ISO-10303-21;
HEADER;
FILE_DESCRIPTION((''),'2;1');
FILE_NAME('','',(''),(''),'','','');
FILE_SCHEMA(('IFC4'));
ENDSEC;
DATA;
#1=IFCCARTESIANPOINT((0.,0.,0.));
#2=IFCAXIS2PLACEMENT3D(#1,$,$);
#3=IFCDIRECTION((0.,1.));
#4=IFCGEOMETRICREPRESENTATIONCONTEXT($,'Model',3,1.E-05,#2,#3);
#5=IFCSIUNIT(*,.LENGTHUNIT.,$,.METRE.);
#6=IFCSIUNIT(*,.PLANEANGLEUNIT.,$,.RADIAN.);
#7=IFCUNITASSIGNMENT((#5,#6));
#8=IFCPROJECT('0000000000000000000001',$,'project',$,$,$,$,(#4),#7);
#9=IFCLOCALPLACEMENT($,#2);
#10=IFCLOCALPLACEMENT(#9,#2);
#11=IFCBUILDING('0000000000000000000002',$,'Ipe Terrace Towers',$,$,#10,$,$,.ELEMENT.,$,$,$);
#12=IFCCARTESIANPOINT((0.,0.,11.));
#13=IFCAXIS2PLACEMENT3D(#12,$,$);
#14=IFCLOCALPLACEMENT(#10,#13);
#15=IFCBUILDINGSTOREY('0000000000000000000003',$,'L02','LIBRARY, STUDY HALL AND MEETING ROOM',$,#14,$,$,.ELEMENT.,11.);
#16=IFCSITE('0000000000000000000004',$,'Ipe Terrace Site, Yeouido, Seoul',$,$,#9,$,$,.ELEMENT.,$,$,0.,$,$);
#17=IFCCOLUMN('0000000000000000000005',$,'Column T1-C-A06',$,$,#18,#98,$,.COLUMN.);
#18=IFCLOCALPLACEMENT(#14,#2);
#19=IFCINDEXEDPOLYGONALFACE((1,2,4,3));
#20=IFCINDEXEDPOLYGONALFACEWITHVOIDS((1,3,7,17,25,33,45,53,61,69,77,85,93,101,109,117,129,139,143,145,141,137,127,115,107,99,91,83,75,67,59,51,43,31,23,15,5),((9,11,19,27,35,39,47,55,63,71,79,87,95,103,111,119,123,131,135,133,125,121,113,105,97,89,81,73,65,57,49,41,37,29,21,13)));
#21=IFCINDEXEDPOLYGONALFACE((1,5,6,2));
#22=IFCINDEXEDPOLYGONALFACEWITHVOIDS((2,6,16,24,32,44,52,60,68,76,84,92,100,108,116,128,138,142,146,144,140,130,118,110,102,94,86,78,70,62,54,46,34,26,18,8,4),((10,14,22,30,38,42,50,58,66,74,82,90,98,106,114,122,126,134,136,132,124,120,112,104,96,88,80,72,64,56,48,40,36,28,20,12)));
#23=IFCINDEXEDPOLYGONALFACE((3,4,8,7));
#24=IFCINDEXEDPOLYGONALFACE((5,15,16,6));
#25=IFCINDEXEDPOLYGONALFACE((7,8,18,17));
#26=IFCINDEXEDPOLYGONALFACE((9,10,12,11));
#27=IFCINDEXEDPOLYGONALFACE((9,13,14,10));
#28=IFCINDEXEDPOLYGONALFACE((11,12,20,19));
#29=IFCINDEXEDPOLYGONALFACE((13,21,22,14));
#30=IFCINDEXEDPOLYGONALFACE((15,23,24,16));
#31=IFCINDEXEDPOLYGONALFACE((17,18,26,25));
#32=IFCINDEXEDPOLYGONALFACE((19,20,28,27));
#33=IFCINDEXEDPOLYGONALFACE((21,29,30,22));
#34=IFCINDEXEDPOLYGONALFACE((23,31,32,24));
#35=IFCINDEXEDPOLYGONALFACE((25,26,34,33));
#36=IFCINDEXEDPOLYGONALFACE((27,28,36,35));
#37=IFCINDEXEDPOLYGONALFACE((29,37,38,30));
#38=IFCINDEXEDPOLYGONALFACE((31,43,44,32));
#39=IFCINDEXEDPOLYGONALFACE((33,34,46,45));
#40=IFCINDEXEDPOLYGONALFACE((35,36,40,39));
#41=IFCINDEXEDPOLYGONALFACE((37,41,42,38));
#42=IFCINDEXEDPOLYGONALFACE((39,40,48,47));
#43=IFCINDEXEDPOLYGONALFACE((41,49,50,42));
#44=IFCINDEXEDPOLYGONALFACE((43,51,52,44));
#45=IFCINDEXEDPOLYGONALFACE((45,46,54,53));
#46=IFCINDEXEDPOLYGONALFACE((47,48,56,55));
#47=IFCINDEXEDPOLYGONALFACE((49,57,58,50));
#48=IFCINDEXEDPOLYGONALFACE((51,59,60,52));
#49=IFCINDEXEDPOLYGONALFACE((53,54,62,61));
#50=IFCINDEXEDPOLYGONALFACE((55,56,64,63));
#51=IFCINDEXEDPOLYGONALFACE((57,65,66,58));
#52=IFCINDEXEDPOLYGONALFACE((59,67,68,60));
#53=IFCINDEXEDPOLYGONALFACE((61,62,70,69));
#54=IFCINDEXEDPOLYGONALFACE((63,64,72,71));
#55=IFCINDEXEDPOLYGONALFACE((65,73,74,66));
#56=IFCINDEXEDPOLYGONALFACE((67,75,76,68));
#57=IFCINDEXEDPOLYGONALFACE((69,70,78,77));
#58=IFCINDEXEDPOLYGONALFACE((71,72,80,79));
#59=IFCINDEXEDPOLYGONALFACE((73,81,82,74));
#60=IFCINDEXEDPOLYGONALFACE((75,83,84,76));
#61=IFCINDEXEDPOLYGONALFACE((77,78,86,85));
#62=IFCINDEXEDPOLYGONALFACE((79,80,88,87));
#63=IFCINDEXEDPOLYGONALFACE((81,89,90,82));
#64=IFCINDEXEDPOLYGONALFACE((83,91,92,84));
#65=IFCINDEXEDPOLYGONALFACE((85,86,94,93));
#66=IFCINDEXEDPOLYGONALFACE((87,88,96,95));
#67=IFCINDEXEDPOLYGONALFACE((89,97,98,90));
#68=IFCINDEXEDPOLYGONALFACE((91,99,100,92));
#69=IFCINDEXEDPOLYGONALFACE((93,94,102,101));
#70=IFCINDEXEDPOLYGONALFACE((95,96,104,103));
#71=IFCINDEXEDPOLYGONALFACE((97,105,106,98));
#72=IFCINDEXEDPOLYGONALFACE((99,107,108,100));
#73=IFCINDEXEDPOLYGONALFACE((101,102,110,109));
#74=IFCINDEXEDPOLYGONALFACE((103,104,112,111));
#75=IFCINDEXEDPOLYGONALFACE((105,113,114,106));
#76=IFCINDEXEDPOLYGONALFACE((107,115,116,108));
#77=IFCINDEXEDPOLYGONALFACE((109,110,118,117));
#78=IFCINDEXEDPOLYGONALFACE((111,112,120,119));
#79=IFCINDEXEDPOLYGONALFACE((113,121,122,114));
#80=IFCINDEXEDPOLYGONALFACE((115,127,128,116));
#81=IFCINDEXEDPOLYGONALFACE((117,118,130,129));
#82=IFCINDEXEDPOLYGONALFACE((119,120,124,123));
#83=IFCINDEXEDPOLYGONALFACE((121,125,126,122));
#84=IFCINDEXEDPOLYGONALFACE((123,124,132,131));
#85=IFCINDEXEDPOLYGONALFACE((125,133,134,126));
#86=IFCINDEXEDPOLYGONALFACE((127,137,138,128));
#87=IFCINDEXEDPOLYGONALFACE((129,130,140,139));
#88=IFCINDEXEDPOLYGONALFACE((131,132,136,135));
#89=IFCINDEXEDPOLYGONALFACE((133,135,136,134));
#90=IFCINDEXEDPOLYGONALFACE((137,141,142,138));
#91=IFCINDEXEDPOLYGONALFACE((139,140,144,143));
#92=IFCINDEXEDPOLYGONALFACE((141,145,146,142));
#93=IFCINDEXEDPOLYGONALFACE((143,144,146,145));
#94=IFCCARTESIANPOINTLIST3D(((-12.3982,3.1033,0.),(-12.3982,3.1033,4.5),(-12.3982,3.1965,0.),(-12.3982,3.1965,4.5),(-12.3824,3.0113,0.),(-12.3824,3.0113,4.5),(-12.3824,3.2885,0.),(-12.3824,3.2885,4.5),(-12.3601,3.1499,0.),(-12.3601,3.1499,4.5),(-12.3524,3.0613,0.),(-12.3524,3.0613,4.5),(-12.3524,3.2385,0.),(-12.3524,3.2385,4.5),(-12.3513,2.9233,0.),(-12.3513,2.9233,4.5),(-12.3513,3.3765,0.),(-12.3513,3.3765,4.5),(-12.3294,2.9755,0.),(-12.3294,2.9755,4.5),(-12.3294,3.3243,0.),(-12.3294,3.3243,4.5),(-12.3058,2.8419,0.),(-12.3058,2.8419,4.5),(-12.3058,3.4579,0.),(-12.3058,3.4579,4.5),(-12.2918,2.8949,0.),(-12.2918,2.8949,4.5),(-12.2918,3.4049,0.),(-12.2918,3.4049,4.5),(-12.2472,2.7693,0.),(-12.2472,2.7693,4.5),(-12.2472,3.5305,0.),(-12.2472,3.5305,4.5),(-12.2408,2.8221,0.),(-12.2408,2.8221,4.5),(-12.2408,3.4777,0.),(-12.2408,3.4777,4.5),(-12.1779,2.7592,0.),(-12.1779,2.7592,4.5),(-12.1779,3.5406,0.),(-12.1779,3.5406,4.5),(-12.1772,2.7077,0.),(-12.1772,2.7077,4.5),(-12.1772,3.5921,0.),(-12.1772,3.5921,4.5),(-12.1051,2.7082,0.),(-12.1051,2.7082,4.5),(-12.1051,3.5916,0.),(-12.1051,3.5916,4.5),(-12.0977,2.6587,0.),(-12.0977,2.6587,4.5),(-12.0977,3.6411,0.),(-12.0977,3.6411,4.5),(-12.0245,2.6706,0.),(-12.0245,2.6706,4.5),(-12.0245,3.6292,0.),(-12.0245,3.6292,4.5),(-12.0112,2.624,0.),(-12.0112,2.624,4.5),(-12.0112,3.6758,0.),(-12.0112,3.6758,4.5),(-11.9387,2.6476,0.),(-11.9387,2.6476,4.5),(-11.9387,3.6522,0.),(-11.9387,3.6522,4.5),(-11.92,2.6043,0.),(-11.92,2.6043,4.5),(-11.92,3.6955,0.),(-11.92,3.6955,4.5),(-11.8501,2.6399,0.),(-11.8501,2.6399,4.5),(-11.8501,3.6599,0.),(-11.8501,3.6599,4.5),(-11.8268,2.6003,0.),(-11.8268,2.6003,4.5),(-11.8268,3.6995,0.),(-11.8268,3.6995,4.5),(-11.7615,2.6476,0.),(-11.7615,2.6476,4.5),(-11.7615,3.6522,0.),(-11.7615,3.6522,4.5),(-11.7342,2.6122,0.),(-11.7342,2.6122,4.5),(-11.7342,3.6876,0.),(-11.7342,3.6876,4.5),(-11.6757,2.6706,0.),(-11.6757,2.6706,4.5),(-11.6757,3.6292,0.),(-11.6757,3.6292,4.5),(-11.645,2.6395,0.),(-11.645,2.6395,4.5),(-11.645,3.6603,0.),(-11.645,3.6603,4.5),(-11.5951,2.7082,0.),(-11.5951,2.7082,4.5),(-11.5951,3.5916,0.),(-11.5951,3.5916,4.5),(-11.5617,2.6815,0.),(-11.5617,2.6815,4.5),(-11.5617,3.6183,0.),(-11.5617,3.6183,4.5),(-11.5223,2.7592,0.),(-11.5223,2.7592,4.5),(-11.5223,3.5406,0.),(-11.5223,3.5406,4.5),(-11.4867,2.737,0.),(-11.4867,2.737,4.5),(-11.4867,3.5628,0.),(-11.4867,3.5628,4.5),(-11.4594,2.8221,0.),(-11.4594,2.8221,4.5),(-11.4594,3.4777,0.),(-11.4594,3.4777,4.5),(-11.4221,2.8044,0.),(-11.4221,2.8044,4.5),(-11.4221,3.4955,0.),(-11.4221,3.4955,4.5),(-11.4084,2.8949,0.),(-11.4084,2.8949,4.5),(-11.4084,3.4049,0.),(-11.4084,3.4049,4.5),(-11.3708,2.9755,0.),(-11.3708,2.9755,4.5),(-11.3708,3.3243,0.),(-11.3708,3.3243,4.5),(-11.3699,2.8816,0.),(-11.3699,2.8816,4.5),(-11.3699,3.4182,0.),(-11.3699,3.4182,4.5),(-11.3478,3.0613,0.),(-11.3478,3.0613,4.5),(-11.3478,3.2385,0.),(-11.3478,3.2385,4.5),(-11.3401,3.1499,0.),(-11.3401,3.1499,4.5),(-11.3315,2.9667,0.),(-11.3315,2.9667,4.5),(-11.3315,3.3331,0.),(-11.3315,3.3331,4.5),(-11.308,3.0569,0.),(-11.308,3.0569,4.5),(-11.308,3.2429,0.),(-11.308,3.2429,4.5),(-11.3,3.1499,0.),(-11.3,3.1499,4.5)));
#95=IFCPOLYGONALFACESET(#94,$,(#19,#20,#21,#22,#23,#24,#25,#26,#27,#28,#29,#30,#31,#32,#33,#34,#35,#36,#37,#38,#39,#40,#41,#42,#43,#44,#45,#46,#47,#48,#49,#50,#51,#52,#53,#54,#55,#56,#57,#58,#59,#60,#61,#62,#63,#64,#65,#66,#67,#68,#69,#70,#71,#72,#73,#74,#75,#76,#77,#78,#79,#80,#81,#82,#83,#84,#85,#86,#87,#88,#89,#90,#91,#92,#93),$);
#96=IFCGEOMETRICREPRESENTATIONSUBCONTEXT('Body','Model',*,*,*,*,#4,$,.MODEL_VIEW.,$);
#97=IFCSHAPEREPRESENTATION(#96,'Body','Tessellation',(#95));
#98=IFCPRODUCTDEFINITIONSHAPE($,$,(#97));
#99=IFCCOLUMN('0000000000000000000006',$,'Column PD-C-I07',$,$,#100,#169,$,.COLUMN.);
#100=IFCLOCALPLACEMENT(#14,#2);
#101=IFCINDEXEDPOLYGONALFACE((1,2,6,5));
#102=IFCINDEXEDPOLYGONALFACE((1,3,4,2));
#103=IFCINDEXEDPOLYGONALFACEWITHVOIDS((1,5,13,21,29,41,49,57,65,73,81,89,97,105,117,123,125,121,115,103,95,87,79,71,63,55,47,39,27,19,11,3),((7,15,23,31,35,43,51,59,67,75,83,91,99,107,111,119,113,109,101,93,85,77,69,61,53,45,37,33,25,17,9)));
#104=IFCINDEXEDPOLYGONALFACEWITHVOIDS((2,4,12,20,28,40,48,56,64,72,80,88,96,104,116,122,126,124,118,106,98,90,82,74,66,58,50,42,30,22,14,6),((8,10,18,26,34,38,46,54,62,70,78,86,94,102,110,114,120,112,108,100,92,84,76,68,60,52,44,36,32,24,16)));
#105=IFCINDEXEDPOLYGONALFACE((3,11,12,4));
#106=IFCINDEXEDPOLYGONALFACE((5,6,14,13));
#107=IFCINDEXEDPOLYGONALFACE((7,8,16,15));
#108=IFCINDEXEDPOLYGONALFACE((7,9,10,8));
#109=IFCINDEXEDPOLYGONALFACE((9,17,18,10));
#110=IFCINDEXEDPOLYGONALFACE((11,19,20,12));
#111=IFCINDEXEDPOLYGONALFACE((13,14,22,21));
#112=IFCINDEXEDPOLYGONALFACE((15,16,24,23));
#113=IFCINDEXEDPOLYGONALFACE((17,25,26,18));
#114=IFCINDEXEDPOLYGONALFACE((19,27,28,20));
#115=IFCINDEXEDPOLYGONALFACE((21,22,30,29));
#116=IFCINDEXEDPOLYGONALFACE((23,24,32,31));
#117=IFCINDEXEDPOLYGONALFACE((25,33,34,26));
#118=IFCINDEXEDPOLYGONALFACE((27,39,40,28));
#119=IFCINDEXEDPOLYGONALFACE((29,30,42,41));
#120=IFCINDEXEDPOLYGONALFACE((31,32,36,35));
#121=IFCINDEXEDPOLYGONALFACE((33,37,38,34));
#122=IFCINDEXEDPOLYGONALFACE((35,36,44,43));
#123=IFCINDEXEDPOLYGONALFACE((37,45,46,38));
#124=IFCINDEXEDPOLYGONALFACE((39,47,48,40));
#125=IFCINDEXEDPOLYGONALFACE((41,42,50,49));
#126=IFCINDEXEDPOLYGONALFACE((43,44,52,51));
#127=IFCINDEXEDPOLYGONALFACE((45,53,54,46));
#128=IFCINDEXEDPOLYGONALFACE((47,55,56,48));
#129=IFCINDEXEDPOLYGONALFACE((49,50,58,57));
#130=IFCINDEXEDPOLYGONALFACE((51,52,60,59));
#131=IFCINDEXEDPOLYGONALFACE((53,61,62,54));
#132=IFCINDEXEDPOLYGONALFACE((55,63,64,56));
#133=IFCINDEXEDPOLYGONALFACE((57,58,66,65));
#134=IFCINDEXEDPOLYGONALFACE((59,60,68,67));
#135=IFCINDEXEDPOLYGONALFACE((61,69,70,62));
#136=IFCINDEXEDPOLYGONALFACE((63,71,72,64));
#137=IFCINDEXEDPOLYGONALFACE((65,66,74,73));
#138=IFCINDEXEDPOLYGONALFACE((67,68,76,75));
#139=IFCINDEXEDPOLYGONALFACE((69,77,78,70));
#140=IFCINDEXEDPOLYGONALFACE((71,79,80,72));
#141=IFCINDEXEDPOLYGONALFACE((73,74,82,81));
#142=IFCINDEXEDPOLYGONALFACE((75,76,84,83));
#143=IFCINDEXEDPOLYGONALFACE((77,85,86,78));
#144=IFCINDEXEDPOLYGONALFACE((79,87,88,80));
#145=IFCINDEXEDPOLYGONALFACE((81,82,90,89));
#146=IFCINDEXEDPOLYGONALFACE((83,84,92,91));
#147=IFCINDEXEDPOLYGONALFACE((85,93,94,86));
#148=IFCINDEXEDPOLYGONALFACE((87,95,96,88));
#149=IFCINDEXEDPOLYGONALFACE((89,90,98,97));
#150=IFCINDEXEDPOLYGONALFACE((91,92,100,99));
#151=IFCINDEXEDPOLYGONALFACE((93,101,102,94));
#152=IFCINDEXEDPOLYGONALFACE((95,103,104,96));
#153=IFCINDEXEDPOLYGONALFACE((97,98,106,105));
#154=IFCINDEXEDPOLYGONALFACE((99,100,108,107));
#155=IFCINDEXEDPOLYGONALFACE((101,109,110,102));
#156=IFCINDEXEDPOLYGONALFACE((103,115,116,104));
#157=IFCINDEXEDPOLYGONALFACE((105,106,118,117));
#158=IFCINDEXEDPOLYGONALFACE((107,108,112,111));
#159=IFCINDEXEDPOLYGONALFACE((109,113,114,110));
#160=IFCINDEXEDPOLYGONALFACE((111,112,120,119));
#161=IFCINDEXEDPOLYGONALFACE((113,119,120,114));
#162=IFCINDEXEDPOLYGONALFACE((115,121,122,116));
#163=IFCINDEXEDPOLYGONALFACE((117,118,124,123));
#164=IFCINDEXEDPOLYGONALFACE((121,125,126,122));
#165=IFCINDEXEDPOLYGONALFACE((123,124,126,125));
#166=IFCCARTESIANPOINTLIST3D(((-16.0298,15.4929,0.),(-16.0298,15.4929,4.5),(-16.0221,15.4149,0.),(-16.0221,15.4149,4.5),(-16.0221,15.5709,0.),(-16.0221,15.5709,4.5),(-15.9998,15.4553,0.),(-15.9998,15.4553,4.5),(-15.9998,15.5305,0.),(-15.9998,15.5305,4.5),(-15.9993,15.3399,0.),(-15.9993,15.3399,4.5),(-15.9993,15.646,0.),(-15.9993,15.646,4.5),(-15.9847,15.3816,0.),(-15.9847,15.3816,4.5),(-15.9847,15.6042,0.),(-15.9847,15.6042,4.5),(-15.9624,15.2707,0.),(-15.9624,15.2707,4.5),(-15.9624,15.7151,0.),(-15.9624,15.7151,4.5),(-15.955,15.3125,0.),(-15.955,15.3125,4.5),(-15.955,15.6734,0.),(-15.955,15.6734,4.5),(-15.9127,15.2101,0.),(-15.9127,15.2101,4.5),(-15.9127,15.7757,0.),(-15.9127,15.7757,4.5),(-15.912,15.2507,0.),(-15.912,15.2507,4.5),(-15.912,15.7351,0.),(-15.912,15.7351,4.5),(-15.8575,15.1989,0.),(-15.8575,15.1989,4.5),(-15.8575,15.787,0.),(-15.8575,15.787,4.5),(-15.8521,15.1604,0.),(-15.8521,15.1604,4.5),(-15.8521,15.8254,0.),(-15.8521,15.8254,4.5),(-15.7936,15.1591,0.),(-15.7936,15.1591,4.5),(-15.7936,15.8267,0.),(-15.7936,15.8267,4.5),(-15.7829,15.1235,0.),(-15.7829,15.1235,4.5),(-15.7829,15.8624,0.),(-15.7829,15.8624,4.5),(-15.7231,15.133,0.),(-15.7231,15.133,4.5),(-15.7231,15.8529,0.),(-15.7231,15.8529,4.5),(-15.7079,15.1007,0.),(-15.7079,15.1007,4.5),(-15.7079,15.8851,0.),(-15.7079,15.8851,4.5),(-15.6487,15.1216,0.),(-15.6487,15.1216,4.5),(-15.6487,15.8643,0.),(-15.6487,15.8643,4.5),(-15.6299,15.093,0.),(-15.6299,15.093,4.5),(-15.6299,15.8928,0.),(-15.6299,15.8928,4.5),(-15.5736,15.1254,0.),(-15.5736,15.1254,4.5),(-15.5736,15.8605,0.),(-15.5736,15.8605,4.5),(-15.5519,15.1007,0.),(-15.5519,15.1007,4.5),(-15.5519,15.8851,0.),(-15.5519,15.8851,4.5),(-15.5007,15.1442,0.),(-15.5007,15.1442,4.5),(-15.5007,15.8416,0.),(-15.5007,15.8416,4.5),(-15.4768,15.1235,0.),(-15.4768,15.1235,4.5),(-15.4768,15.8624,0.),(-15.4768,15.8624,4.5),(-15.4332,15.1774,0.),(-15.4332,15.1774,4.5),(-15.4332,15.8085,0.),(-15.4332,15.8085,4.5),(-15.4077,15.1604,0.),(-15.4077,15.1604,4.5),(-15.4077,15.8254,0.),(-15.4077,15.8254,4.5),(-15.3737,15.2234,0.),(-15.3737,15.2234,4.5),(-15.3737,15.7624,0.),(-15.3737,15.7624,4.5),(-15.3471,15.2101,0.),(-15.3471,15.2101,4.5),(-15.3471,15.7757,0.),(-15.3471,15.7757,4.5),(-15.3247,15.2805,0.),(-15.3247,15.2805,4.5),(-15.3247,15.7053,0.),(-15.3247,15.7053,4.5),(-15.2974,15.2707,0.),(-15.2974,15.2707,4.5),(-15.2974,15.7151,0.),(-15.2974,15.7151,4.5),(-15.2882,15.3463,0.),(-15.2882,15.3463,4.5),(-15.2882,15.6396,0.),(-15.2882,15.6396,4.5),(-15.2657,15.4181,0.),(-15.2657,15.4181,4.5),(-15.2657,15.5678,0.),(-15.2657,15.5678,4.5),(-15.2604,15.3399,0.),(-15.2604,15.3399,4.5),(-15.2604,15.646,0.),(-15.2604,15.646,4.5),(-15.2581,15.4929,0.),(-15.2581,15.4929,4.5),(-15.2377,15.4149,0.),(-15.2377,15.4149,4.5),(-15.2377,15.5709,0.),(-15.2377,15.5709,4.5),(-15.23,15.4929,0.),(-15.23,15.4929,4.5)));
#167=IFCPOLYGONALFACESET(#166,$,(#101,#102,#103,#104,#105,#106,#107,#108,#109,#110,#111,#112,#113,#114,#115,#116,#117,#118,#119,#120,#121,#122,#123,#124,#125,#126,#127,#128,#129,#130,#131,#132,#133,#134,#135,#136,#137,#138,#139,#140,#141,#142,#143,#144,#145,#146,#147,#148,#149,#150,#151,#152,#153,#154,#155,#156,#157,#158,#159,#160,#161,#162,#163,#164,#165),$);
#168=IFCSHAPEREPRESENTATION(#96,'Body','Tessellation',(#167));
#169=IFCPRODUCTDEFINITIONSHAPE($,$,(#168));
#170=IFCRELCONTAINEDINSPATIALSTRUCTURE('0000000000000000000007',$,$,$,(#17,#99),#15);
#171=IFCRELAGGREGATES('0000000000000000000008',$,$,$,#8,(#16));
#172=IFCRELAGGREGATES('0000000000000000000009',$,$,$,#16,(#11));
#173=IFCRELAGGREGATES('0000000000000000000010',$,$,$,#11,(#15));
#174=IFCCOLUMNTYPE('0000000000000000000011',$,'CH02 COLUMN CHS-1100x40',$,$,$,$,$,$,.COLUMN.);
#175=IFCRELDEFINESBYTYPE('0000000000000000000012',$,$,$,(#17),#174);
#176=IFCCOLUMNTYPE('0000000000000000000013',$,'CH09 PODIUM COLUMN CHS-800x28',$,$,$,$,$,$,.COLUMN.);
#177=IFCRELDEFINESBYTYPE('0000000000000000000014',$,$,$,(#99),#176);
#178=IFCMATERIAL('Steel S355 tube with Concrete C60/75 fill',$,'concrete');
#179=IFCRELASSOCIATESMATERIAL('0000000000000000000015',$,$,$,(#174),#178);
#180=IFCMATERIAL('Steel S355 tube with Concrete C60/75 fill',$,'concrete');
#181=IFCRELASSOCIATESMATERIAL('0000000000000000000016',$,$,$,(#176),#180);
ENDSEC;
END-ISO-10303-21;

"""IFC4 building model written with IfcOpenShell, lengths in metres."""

from ifc_helpers import new_model, si_unit, direction, frame, origin, origin_2d, place, context, subcontext, project, spatial, hollow_circle, extrude, material, material_profile, profile_set, type_object, element, save


model = new_model("IFC4")

# Units and contexts
model_context = context("Model", 3, precision=1e-05, world=origin(), true_north=direction((0.0, 1.0)))
body_context = subcontext(model_context, "Body", "Model", "MODEL_VIEW")
ifc_project = project(units=[si_unit("LENGTHUNIT", "METRE"), si_unit("PLANEANGLEUNIT", "RADIAN")], contexts=[model_context])

# Site, building, storey
site_placement = place(None, origin())
site = spatial("IfcSite", under=ifc_project, at=site_placement, Name="Ipe Terrace Site, Yeouido, Seoul", CompositionType="ELEMENT", RefElevation=0.0)
building_placement = place(site_placement, origin())
building = spatial("IfcBuilding", under=site, at=building_placement, Name="Ipe Terrace Towers", CompositionType="ELEMENT")
storey_placement = place(building_placement, frame((0.0, 0.0, 11.0)))
storey = spatial("IfcBuildingStorey", under=building, at=storey_placement, Name="L02", Description="LIBRARY, STUDY HALL AND MEETING ROOM", CompositionType="ELEMENT", Elevation=11.0)

# Columns
ifc_material_1 = material(Name="Steel S355 tube with Concrete C60/75 fill", Category="concrete")
ifc_material_profile_1 = material_profile(ifc_material_1, hollow_circle(Radius=0.55, WallThickness=0.04, at=origin_2d()), Name="CHS-1100x40")
ifc_profile_set_1 = profile_set([ifc_material_profile_1], Name="Steel S355 tube with Concrete C60/75 fill")
column_type_1 = type_object("IfcColumnType", Name="CH02 COLUMN CHS-1100x40", PredefinedType="COLUMN", material=ifc_profile_set_1)
for number, where, z_axis, x_axis, name in (
    (1, (-11.8501, 3.1499, 0.0), (0.0, 0.0, 1.0), (1.0, 0.0, 0.0), "Column T1-C-A06"),
):
    element("IfcColumn", number, at=place(storey_placement, frame(where, z_axis=z_axis, x_axis=x_axis)), inside=storey, type_object=column_type_1, Name=name, PredefinedType="COLUMN", context=body_context, shape_type="SweptSolid", body=[
        extrude(hollow_circle(Radius=0.55, WallThickness=0.04, at=origin_2d()), origin(), (0.0, 0.0, 1.0), 4.5),
    ])
ifc_material_2 = material(Name="Steel S355 tube with Concrete C60/75 fill", Category="concrete")
ifc_material_profile_2 = material_profile(ifc_material_2, hollow_circle(Radius=0.3999, WallThickness=0.0281, at=origin_2d()), Name="CHS-800x28")
ifc_profile_set_2 = profile_set([ifc_material_profile_2], Name="Steel S355 tube with Concrete C60/75 fill")
column_type_2 = type_object("IfcColumnType", Name="CH09 PODIUM COLUMN CHS-800x28", PredefinedType="COLUMN", material=ifc_profile_set_2)
for number, where, z_axis, x_axis, name in (
    (2, (-15.6299, 15.4929, 0.0), (0.0, 0.0, 1.0), (1.0, 0.0, 0.0), "Column PD-C-I07"),
):
    element("IfcColumn", number, at=place(storey_placement, frame(where, z_axis=z_axis, x_axis=x_axis)), inside=storey, type_object=column_type_2, Name=name, PredefinedType="COLUMN", context=body_context, shape_type="SweptSolid", body=[
        extrude(hollow_circle(Radius=0.3999, WallThickness=0.0281, at=origin_2d()), origin(), (0.0, 0.0, 1.0), 4.5),
    ])

save(model, "model.ifc")
